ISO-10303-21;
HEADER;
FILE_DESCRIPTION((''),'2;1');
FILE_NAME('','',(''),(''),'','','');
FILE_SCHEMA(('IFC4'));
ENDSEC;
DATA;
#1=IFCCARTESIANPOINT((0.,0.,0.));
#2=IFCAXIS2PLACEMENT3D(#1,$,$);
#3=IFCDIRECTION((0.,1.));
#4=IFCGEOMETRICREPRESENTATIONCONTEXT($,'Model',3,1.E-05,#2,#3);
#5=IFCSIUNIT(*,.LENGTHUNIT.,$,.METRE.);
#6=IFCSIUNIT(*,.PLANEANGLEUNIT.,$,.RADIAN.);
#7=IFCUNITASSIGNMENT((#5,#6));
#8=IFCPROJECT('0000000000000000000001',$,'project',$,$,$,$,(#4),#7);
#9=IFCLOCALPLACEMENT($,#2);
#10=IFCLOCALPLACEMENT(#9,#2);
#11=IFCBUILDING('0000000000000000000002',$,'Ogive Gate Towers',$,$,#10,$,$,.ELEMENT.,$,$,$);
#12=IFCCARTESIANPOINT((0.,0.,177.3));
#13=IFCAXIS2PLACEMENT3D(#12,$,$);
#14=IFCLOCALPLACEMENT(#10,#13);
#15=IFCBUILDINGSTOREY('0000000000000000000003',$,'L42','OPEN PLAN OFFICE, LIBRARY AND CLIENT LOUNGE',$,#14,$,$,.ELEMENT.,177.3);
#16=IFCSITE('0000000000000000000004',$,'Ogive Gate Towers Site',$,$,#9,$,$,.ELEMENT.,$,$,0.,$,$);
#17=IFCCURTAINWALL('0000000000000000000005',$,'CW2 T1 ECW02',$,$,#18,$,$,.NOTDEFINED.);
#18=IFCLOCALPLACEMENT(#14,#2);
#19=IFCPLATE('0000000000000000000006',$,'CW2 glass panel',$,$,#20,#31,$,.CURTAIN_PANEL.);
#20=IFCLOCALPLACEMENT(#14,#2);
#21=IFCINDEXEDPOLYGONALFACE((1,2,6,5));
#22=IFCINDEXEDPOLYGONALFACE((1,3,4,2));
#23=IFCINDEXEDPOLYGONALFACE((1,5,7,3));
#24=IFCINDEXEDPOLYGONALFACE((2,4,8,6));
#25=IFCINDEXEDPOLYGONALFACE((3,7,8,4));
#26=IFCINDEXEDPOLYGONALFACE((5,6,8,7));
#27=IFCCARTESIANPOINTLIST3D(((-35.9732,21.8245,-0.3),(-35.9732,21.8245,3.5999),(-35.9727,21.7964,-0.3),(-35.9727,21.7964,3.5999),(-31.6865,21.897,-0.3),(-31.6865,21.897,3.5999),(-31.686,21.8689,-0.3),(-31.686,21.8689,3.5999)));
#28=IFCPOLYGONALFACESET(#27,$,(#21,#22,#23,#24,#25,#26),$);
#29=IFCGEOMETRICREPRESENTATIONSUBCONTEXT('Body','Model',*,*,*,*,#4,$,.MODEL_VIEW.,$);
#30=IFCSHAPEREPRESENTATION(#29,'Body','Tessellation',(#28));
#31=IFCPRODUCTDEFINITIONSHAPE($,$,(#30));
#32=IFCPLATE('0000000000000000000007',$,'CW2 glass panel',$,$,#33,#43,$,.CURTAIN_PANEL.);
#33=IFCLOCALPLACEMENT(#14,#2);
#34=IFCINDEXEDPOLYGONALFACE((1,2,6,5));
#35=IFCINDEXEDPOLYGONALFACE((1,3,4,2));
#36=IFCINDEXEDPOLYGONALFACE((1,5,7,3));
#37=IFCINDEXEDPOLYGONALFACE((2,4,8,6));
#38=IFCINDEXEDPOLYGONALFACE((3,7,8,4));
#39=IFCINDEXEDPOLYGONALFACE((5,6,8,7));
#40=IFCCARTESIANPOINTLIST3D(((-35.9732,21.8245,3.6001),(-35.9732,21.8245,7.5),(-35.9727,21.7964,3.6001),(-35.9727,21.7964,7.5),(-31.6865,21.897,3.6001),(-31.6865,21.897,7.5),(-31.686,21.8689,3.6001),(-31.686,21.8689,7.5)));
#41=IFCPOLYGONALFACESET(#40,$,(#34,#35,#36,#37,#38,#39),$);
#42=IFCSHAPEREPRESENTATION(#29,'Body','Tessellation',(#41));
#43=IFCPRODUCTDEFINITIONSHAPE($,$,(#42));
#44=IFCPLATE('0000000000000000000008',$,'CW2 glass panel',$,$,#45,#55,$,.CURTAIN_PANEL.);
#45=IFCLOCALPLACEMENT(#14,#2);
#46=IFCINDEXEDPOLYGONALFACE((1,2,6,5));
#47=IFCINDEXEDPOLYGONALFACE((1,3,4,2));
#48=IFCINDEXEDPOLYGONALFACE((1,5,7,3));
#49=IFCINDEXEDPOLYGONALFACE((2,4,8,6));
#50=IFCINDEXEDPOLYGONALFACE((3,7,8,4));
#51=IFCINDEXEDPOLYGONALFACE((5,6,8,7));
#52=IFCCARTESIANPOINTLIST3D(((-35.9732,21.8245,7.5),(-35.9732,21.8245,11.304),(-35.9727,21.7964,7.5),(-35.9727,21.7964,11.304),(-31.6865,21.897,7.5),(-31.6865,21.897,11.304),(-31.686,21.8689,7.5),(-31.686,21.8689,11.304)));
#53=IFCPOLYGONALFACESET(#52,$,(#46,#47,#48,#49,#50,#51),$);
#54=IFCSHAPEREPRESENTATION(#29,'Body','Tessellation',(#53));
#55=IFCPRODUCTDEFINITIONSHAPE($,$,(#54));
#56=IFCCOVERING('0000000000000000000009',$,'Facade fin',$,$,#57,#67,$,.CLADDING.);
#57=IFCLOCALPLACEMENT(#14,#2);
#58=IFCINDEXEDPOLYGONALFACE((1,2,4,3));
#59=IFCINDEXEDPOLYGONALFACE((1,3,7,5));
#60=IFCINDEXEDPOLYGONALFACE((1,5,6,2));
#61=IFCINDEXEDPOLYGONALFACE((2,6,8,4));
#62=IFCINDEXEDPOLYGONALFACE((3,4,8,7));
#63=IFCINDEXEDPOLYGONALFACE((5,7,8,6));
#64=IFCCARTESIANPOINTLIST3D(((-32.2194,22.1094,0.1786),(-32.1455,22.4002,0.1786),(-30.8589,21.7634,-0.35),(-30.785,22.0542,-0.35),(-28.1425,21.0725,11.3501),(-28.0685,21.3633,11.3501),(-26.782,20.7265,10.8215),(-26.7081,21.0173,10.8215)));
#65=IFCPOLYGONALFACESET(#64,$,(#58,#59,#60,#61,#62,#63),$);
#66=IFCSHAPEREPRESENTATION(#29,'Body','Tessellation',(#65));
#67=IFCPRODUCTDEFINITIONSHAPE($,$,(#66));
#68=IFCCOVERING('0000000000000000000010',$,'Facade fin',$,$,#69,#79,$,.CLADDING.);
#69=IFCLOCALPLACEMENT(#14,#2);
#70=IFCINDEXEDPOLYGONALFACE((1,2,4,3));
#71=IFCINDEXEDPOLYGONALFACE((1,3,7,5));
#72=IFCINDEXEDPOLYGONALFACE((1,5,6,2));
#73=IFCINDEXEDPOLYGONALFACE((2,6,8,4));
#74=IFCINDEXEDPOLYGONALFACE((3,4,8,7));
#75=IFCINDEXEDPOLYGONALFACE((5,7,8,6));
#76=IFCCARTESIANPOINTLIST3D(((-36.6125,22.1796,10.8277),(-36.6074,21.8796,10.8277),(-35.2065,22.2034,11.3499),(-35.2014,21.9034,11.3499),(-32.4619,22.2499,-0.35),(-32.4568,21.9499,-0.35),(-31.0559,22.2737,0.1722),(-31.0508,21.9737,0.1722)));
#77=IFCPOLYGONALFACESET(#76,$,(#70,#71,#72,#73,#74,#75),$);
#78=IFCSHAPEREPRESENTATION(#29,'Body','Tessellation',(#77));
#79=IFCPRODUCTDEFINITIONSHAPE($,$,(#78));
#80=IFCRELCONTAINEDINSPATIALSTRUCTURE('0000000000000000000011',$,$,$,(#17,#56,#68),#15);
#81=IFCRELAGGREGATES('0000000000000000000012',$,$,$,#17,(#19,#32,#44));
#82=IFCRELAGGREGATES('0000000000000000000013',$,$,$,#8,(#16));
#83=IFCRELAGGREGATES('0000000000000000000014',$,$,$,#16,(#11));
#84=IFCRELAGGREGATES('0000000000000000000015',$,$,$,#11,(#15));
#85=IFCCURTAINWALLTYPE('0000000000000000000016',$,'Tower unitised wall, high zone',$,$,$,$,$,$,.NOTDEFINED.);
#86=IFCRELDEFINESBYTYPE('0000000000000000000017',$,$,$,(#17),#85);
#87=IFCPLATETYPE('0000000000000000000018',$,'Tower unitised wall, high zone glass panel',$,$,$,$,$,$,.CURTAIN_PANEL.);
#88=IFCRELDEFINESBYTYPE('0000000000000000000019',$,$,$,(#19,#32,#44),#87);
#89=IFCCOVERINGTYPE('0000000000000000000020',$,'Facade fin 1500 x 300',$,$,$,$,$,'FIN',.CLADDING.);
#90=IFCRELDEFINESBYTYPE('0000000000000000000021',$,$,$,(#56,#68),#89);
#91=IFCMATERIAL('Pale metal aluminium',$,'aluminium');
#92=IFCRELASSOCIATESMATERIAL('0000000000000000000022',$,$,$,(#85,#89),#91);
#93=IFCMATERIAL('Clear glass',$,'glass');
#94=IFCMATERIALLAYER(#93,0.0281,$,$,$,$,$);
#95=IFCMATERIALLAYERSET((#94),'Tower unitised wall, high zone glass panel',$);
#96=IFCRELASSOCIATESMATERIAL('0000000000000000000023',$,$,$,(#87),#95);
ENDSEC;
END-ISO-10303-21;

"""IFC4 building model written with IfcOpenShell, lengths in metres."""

from ifc_helpers import new_model, si_unit, direction, frame, origin, origin_2d, place, context, subcontext, project, spatial, rectangle, extrude, material, layer, layer_set, material_profile, profile_set, type_object, element, aggregate, save


model = new_model("IFC4")

# Units and contexts
model_context = context("Model", 3, precision=1e-05, world=origin(), true_north=direction((0.0, 1.0)))
body_context = subcontext(model_context, "Body", "Model", "MODEL_VIEW")
ifc_project = project(units=[si_unit("LENGTHUNIT", "METRE"), si_unit("PLANEANGLEUNIT", "RADIAN")], contexts=[model_context])

# Site, building, storey
site_placement = place(None, origin())
site = spatial("IfcSite", under=ifc_project, at=site_placement, Name="Ogive Gate Towers Site", CompositionType="ELEMENT", RefElevation=0.0)
building_placement = place(site_placement, origin())
building = spatial("IfcBuilding", under=site, at=building_placement, Name="Ogive Gate Towers", CompositionType="ELEMENT")
storey_placement = place(building_placement, frame((0.0, 0.0, 177.3)))
storey = spatial("IfcBuildingStorey", under=building, at=storey_placement, Name="L42", Description="OPEN PLAN OFFICE, LIBRARY AND CLIENT LOUNGE", CompositionType="ELEMENT", Elevation=177.3)

# Curtain wall, plates
ifc_material_1 = material(Name="Pale metal aluminium", Category="aluminium")
curtain_wall_type = type_object("IfcCurtainWallType", Name="Tower unitised wall, high zone", PredefinedType="NOTDEFINED", material=ifc_material_1)
curtain_wall_placement = place(storey_placement, origin())
curtain_wall = element("IfcCurtainWall", 1, at=curtain_wall_placement, inside=storey, type_object=curtain_wall_type, Name="CW2 T1 ECW02", PredefinedType="NOTDEFINED")
ifc_material_2 = material(Name="Clear glass", Category="glass")
ifc_layer = layer(ifc_material_2, 0.0281)
ifc_layer_set = layer_set([ifc_layer], Name="Tower unitised wall, high zone glass panel")
plate_type = type_object("IfcPlateType", Name="Tower unitised wall, high zone glass panel", PredefinedType="CURTAIN_PANEL", material=ifc_layer_set)
plate_1_placement = place(storey_placement, frame((-33.8296, 21.8467, -0.3), z_axis=(0.0, 0.0, 1.0), x_axis=(-0.999857, -0.016911, 0.0)))
plate_1 = element("IfcPlate", 2, at=plate_1_placement, type_object=plate_type, Name="CW2 glass panel", PredefinedType="CURTAIN_PANEL", context=body_context, shape_type="SweptSolid", body=[
    extrude(rectangle(XDim=4.2874, YDim=0.0281, at=origin_2d()), origin(), (0.0, 0.0, 1.0), 3.8999),
])
plate_2_placement = place(storey_placement, frame((-33.8296, 21.8467, 3.6001), z_axis=(0.0, 0.0, 1.0), x_axis=(-0.999857, -0.016911, 0.0)))
plate_2 = element("IfcPlate", 3, at=plate_2_placement, type_object=plate_type, Name="CW2 glass panel", PredefinedType="CURTAIN_PANEL", context=body_context, shape_type="SweptSolid", body=[
    extrude(rectangle(XDim=4.2874, YDim=0.0281, at=origin_2d()), origin(), (0.0, 0.0, 1.0), 3.8999),
])
plate_3_placement = place(storey_placement, frame((-33.8296, 21.8467, 7.5), z_axis=(0.0, 0.0, 1.0), x_axis=(-0.999857, -0.016911, 0.0)))
plate_3 = element("IfcPlate", 4, at=plate_3_placement, type_object=plate_type, Name="CW2 glass panel", PredefinedType="CURTAIN_PANEL", context=body_context, shape_type="SweptSolid", body=[
    extrude(rectangle(XDim=4.2874, YDim=0.0281, at=origin_2d()), origin(), (0.0, 0.0, 1.0), 3.804),
])
aggregate(curtain_wall, [plate_1, plate_2, plate_3])

# Coverings
ifc_material_profile_1 = material_profile(ifc_material_1, rectangle(XDim=0.3, YDim=1.5, at=origin_2d()), Name="1500 x 300 pale metal aluminium")
ifc_profile_set_1 = profile_set([ifc_material_profile_1], Name="Pale metal aluminium")
covering_type = type_object("IfcCoveringType", Name="Facade fin 1500 x 300", ElementType="FIN", PredefinedType="CLADDING", material=ifc_profile_set_1)
covering_1_placement = place(storey_placement, frame((-31.5022, 22.0818, -0.0857), z_axis=(0.34153, -0.08686, 0.935849), x_axis=(0.24648, 0.969148, 0.0)))
element("IfcCovering", 5, at=covering_1_placement, inside=storey, type_object=covering_type, Name="Facade fin", PredefinedType="CLADDING", context=body_context, shape_type="SweptSolid", body=[
    extrude(rectangle(XDim=0.3, YDim=1.5, at=origin_2d()), origin(), (0.0, 0.0, 1.0), 11.9373),
])
covering_2_placement = place(storey_placement, frame((-31.7563, 22.1118, -0.0889), z_axis=(-0.3481, -0.005897, 0.937439), x_axis=(0.016938, -0.999857, 0.0)))
element("IfcCovering", 6, at=covering_2_placement, inside=storey, type_object=covering_type, Name="Facade fin", PredefinedType="CLADDING", context=body_context, shape_type="SweptSolid", body=[
    extrude(rectangle(XDim=0.3, YDim=1.5, at=origin_2d()), origin(), (0.0, 0.0, 1.0), 11.9236),
])

save(model, "model.ifc")
